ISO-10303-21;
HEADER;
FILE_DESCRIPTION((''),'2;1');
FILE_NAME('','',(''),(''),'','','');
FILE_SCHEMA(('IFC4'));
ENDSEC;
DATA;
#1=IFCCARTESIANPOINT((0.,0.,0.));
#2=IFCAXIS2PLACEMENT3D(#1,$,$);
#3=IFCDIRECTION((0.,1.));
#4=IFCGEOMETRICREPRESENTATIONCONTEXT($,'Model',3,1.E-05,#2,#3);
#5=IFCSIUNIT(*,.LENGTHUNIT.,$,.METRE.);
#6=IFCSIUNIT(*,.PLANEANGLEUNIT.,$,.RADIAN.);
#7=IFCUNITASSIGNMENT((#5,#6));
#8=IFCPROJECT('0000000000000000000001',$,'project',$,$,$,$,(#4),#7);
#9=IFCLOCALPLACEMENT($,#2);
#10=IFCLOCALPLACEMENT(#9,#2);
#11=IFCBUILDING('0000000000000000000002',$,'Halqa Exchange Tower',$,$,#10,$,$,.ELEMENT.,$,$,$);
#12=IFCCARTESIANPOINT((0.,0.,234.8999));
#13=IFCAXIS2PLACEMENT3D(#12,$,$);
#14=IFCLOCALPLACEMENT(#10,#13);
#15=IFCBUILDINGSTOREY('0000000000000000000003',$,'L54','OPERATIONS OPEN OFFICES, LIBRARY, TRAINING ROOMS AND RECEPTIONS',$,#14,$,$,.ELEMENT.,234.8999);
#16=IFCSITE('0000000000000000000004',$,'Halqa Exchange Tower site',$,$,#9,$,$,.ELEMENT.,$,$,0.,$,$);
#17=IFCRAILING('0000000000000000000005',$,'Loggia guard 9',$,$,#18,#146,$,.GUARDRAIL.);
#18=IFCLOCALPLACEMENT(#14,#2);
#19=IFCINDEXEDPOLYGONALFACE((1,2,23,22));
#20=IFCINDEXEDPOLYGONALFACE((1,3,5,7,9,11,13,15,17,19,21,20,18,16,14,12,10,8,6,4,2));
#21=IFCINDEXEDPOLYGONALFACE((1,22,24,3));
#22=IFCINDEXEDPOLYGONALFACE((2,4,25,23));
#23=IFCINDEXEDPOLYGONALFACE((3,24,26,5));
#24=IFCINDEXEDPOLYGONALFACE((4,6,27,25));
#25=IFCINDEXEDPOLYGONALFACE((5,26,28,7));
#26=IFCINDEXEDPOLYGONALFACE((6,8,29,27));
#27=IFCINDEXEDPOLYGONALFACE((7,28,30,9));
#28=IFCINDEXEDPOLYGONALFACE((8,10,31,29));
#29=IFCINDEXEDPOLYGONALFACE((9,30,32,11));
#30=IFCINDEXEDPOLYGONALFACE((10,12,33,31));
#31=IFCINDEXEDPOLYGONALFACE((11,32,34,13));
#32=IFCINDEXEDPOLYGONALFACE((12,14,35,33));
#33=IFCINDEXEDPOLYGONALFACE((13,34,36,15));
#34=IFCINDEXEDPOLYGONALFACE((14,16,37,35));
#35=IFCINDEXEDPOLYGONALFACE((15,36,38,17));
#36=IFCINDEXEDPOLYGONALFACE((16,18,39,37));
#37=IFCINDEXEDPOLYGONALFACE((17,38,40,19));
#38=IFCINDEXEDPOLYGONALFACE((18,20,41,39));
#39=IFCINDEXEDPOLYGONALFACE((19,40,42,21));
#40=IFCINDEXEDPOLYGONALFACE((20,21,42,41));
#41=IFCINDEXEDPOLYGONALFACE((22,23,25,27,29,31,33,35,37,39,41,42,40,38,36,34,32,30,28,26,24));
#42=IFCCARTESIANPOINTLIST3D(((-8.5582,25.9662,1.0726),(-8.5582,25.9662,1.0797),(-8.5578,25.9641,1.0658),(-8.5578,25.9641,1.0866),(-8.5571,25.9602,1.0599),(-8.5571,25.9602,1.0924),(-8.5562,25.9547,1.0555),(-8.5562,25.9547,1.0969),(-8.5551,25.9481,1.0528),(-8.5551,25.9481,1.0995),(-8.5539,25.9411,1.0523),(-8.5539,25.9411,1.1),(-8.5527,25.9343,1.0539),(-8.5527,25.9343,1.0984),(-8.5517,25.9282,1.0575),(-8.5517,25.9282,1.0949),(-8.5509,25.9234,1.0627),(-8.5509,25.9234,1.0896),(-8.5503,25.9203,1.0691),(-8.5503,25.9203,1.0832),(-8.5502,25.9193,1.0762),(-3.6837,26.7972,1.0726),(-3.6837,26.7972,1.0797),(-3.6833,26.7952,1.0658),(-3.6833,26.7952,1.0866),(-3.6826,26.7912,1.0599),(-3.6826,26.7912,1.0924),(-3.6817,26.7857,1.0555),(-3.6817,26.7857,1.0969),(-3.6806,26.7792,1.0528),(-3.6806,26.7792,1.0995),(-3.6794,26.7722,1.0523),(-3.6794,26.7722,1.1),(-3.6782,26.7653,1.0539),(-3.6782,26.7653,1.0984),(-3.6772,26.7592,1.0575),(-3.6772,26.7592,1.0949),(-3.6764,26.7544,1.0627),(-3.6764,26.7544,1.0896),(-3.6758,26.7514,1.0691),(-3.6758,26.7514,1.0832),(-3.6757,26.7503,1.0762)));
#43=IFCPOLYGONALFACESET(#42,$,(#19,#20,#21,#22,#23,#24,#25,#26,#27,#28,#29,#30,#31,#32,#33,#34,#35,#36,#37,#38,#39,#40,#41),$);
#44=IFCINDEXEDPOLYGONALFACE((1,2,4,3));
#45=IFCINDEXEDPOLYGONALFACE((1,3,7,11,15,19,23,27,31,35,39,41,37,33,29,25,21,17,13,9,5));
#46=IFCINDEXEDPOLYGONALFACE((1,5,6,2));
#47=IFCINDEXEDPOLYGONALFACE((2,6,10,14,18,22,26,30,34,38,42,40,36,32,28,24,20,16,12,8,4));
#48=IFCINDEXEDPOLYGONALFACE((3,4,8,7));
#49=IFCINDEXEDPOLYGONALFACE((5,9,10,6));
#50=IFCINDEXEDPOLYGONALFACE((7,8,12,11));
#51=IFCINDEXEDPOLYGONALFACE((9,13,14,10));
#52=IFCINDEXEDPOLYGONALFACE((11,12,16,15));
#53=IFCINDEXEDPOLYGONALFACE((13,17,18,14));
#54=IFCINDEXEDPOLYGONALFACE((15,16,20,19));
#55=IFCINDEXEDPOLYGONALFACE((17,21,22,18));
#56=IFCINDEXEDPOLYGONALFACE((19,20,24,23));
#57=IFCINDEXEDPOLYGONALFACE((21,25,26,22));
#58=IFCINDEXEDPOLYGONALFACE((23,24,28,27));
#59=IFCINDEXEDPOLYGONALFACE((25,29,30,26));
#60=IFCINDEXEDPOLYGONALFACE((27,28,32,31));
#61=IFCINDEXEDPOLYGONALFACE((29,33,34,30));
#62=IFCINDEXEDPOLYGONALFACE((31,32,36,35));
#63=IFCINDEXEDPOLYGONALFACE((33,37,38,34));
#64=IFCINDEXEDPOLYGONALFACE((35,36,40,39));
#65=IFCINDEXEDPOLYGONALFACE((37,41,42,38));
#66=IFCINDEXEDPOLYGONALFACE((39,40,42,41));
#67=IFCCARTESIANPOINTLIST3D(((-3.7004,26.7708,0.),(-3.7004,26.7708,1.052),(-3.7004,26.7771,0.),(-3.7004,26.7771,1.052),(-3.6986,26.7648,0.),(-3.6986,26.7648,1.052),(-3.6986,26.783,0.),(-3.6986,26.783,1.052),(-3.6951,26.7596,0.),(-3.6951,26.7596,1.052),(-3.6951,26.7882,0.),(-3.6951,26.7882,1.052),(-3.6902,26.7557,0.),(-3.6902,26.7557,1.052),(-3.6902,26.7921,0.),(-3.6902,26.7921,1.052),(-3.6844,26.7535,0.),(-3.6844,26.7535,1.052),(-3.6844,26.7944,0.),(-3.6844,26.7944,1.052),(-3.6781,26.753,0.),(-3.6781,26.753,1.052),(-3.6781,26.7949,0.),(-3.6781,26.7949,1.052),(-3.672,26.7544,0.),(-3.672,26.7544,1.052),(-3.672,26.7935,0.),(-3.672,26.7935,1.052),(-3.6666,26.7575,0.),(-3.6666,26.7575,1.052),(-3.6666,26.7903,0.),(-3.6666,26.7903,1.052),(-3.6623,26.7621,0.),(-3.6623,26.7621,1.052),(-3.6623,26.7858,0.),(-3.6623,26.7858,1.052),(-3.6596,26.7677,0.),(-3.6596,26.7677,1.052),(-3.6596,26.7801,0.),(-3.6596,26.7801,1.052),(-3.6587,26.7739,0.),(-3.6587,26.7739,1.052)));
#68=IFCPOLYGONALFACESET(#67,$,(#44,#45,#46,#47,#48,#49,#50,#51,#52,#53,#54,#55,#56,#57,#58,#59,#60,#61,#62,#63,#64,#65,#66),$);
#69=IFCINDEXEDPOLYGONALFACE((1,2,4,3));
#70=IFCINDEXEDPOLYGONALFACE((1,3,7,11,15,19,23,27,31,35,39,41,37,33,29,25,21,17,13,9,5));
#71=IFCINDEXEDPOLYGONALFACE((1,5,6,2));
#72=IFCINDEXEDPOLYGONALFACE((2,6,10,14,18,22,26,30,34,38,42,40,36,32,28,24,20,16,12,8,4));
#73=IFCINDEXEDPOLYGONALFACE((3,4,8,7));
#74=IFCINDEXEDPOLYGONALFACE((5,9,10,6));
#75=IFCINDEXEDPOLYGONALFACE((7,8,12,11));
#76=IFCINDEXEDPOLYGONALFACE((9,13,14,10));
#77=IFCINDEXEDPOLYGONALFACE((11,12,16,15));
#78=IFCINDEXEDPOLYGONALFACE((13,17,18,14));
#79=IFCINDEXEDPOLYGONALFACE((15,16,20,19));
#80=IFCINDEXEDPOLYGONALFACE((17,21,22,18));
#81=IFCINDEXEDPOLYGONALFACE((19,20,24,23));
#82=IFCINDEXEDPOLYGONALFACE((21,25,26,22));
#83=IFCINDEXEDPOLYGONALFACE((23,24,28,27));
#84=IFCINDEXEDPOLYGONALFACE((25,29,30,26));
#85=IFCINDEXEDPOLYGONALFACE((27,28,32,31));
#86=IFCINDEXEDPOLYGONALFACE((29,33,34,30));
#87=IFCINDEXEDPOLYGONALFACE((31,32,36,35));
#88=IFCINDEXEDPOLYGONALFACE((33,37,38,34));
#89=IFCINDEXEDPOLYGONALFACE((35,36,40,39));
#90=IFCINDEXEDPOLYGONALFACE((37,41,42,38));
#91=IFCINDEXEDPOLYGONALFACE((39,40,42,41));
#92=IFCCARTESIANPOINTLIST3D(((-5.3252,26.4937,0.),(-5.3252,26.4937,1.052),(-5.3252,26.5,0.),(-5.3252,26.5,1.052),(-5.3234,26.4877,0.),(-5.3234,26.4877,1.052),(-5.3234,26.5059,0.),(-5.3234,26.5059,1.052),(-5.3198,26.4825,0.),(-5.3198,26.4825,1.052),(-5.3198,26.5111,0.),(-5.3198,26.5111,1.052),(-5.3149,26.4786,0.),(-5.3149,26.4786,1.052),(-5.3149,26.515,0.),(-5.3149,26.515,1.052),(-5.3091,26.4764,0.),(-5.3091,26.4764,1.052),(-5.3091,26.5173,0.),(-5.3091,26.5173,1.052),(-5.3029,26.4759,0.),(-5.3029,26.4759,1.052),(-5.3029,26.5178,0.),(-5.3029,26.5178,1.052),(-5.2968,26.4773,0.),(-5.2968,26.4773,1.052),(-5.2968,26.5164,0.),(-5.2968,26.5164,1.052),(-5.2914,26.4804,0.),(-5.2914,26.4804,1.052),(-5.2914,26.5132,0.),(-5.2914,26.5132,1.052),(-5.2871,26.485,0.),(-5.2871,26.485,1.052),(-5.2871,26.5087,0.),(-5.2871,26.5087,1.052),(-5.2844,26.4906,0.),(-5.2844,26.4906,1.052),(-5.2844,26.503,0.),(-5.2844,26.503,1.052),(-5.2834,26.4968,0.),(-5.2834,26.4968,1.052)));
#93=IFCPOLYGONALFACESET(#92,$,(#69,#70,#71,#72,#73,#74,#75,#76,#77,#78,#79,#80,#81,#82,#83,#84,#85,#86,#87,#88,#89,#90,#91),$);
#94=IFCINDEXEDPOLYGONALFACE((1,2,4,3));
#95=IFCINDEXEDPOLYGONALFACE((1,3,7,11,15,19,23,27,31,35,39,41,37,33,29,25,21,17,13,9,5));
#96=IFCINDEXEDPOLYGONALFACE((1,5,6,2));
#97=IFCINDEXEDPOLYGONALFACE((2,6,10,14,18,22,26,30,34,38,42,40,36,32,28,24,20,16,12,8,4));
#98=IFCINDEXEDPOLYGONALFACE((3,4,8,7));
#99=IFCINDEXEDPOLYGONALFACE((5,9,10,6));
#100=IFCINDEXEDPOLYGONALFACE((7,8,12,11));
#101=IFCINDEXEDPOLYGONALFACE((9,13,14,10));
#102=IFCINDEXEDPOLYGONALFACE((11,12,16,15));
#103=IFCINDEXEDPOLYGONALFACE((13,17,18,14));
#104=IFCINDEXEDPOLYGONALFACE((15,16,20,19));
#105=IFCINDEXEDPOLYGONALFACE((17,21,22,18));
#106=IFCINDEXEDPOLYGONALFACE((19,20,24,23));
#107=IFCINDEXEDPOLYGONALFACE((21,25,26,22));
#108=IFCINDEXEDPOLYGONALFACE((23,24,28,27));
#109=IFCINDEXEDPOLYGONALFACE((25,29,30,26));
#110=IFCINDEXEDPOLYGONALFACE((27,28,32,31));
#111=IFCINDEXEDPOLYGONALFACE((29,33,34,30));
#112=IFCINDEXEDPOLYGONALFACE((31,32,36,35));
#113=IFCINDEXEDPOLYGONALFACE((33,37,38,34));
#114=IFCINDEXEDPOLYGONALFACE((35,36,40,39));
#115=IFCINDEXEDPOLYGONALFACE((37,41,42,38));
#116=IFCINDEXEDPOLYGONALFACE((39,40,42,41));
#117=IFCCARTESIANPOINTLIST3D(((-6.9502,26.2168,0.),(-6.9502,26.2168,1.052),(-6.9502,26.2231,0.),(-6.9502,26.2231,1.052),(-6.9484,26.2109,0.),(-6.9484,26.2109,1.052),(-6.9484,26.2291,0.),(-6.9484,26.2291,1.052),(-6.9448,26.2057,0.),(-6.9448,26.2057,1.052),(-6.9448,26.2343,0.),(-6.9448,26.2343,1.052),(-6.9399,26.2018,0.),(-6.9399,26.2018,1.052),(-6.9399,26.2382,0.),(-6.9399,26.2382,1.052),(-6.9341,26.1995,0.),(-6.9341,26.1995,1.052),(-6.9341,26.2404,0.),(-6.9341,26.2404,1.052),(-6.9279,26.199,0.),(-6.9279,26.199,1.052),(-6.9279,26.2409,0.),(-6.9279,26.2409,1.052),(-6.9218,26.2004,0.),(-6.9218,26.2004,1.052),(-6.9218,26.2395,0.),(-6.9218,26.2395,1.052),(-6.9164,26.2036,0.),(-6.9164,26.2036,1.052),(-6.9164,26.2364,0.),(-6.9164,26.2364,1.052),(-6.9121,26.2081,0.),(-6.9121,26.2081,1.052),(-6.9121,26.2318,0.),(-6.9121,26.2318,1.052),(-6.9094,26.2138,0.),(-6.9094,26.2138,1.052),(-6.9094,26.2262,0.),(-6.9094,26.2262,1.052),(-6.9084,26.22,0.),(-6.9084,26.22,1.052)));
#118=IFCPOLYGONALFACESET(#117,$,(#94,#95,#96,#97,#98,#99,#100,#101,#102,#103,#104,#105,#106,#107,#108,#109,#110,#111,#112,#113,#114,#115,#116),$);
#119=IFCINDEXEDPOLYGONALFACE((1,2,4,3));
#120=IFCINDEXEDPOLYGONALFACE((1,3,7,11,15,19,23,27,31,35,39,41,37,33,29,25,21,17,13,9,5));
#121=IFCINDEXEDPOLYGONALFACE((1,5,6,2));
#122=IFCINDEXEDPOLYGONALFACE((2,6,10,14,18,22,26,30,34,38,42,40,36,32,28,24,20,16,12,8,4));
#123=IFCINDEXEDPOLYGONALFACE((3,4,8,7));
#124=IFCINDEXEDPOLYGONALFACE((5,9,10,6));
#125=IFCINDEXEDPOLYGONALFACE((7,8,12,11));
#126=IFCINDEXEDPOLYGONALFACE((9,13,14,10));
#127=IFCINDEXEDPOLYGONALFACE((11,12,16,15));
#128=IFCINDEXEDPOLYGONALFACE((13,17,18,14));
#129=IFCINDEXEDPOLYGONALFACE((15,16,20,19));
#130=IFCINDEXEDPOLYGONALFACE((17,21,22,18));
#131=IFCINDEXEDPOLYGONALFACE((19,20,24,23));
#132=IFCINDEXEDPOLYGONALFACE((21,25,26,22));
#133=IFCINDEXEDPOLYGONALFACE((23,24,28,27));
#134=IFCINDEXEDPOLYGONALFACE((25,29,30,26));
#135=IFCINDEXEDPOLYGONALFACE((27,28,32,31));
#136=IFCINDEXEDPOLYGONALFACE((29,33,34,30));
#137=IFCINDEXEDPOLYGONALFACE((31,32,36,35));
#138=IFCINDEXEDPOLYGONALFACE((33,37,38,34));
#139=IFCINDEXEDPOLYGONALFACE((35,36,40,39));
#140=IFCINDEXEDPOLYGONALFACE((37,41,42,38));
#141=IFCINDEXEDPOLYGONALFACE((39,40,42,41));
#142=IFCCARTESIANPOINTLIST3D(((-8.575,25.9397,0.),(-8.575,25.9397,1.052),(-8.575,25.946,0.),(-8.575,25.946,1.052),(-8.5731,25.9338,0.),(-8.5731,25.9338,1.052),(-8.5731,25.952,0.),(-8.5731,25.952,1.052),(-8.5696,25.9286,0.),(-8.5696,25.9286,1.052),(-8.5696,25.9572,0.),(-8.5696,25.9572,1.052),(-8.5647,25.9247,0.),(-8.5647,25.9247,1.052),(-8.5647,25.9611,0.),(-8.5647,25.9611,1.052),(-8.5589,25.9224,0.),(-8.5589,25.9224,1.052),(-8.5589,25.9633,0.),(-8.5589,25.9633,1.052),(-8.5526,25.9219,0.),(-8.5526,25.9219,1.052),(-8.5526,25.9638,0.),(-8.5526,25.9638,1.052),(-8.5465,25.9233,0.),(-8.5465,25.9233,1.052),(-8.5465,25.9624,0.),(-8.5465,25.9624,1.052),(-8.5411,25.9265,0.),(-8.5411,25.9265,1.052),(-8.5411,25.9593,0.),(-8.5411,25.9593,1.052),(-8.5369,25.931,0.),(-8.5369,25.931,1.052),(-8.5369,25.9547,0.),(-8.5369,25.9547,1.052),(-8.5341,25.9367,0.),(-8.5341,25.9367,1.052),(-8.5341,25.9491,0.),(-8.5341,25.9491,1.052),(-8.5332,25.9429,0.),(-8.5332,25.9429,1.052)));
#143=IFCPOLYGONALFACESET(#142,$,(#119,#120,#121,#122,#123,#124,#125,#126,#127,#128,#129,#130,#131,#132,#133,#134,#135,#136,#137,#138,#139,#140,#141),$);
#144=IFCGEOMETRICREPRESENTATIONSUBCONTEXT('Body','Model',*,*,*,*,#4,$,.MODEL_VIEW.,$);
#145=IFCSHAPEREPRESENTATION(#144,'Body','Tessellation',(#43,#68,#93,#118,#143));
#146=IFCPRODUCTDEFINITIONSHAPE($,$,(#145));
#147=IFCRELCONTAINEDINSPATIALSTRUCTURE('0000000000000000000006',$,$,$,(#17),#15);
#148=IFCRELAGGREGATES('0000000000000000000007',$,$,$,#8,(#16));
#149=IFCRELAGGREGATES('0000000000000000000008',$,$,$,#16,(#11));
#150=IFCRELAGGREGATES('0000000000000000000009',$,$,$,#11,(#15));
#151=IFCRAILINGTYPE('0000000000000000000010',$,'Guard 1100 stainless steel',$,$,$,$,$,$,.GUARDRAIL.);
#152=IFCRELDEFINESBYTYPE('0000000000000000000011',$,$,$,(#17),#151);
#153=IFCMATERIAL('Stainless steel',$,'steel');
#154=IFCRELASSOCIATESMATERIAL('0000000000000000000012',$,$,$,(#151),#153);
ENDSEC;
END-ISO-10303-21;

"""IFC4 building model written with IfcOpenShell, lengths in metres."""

from ifc_helpers import new_model, si_unit, direction, frame, origin, origin_2d, place, context, subcontext, project, spatial, circle, extrude, material, type_object, element, save


model = new_model("IFC4")

# Units and contexts
model_context = context("Model", 3, precision=1e-05, world=origin(), true_north=direction((0.0, 1.0)))
body_context = subcontext(model_context, "Body", "Model", "MODEL_VIEW")
ifc_project = project(units=[si_unit("LENGTHUNIT", "METRE"), si_unit("PLANEANGLEUNIT", "RADIAN")], contexts=[model_context])

# Site, building, storey
site_placement = place(None, origin())
site = spatial("IfcSite", under=ifc_project, at=site_placement, Name="Halqa Exchange Tower site", CompositionType="ELEMENT", RefElevation=0.0)
building_placement = place(site_placement, origin())
building = spatial("IfcBuilding", under=site, at=building_placement, Name="Halqa Exchange Tower", CompositionType="ELEMENT")
storey_placement = place(building_placement, frame((0.0, 0.0, 234.8999)))
storey = spatial("IfcBuildingStorey", under=building, at=storey_placement, Name="L54", Description="OPERATIONS OPEN OFFICES, LIBRARY, TRAINING ROOMS AND RECEPTIONS", CompositionType="ELEMENT", Elevation=234.8999)

# Railing
ifc_material_1 = material(Name="Stainless steel", Category="steel")
railing_type_1 = type_object("IfcRailingType", Name="Guard 1100 stainless steel", PredefinedType="GUARDRAIL", material=ifc_material_1)
railing_1_placement = place(storey_placement, frame((-3.6797, 26.7739, 0.0)))
element("IfcRailing", 1, at=railing_1_placement, inside=storey, type_object=railing_type_1, Name="Loggia guard 9", PredefinedType="GUARDRAIL", context=body_context, shape_type="SweptSolid", body=[
    extrude(circle(Radius=0.0239, at=origin_2d()), frame((0.0, 0.0, 1.0762), z_axis=(-0.985776, -0.168065, 0.0), x_axis=(0.168065, -0.985776, 0.0)), (0.0, 0.0, 1.0), 4.9448),
    extrude(circle(Radius=0.021, at=origin_2d()), origin(), (0.0, 0.0, 1.0), 1.052),
    extrude(circle(Radius=0.021, at=origin_2d()), frame((-1.6248, -0.2771, 0.0)), (0.0, 0.0, 1.0), 1.052),
    extrude(circle(Radius=0.021, at=origin_2d()), frame((-3.2498, -0.554, 0.0)), (0.0, 0.0, 1.0), 1.052),
    extrude(circle(Radius=0.021, at=origin_2d()), frame((-4.8745, -0.8311, 0.0)), (0.0, 0.0, 1.0), 1.052),
])

save(model, "model.ifc")
